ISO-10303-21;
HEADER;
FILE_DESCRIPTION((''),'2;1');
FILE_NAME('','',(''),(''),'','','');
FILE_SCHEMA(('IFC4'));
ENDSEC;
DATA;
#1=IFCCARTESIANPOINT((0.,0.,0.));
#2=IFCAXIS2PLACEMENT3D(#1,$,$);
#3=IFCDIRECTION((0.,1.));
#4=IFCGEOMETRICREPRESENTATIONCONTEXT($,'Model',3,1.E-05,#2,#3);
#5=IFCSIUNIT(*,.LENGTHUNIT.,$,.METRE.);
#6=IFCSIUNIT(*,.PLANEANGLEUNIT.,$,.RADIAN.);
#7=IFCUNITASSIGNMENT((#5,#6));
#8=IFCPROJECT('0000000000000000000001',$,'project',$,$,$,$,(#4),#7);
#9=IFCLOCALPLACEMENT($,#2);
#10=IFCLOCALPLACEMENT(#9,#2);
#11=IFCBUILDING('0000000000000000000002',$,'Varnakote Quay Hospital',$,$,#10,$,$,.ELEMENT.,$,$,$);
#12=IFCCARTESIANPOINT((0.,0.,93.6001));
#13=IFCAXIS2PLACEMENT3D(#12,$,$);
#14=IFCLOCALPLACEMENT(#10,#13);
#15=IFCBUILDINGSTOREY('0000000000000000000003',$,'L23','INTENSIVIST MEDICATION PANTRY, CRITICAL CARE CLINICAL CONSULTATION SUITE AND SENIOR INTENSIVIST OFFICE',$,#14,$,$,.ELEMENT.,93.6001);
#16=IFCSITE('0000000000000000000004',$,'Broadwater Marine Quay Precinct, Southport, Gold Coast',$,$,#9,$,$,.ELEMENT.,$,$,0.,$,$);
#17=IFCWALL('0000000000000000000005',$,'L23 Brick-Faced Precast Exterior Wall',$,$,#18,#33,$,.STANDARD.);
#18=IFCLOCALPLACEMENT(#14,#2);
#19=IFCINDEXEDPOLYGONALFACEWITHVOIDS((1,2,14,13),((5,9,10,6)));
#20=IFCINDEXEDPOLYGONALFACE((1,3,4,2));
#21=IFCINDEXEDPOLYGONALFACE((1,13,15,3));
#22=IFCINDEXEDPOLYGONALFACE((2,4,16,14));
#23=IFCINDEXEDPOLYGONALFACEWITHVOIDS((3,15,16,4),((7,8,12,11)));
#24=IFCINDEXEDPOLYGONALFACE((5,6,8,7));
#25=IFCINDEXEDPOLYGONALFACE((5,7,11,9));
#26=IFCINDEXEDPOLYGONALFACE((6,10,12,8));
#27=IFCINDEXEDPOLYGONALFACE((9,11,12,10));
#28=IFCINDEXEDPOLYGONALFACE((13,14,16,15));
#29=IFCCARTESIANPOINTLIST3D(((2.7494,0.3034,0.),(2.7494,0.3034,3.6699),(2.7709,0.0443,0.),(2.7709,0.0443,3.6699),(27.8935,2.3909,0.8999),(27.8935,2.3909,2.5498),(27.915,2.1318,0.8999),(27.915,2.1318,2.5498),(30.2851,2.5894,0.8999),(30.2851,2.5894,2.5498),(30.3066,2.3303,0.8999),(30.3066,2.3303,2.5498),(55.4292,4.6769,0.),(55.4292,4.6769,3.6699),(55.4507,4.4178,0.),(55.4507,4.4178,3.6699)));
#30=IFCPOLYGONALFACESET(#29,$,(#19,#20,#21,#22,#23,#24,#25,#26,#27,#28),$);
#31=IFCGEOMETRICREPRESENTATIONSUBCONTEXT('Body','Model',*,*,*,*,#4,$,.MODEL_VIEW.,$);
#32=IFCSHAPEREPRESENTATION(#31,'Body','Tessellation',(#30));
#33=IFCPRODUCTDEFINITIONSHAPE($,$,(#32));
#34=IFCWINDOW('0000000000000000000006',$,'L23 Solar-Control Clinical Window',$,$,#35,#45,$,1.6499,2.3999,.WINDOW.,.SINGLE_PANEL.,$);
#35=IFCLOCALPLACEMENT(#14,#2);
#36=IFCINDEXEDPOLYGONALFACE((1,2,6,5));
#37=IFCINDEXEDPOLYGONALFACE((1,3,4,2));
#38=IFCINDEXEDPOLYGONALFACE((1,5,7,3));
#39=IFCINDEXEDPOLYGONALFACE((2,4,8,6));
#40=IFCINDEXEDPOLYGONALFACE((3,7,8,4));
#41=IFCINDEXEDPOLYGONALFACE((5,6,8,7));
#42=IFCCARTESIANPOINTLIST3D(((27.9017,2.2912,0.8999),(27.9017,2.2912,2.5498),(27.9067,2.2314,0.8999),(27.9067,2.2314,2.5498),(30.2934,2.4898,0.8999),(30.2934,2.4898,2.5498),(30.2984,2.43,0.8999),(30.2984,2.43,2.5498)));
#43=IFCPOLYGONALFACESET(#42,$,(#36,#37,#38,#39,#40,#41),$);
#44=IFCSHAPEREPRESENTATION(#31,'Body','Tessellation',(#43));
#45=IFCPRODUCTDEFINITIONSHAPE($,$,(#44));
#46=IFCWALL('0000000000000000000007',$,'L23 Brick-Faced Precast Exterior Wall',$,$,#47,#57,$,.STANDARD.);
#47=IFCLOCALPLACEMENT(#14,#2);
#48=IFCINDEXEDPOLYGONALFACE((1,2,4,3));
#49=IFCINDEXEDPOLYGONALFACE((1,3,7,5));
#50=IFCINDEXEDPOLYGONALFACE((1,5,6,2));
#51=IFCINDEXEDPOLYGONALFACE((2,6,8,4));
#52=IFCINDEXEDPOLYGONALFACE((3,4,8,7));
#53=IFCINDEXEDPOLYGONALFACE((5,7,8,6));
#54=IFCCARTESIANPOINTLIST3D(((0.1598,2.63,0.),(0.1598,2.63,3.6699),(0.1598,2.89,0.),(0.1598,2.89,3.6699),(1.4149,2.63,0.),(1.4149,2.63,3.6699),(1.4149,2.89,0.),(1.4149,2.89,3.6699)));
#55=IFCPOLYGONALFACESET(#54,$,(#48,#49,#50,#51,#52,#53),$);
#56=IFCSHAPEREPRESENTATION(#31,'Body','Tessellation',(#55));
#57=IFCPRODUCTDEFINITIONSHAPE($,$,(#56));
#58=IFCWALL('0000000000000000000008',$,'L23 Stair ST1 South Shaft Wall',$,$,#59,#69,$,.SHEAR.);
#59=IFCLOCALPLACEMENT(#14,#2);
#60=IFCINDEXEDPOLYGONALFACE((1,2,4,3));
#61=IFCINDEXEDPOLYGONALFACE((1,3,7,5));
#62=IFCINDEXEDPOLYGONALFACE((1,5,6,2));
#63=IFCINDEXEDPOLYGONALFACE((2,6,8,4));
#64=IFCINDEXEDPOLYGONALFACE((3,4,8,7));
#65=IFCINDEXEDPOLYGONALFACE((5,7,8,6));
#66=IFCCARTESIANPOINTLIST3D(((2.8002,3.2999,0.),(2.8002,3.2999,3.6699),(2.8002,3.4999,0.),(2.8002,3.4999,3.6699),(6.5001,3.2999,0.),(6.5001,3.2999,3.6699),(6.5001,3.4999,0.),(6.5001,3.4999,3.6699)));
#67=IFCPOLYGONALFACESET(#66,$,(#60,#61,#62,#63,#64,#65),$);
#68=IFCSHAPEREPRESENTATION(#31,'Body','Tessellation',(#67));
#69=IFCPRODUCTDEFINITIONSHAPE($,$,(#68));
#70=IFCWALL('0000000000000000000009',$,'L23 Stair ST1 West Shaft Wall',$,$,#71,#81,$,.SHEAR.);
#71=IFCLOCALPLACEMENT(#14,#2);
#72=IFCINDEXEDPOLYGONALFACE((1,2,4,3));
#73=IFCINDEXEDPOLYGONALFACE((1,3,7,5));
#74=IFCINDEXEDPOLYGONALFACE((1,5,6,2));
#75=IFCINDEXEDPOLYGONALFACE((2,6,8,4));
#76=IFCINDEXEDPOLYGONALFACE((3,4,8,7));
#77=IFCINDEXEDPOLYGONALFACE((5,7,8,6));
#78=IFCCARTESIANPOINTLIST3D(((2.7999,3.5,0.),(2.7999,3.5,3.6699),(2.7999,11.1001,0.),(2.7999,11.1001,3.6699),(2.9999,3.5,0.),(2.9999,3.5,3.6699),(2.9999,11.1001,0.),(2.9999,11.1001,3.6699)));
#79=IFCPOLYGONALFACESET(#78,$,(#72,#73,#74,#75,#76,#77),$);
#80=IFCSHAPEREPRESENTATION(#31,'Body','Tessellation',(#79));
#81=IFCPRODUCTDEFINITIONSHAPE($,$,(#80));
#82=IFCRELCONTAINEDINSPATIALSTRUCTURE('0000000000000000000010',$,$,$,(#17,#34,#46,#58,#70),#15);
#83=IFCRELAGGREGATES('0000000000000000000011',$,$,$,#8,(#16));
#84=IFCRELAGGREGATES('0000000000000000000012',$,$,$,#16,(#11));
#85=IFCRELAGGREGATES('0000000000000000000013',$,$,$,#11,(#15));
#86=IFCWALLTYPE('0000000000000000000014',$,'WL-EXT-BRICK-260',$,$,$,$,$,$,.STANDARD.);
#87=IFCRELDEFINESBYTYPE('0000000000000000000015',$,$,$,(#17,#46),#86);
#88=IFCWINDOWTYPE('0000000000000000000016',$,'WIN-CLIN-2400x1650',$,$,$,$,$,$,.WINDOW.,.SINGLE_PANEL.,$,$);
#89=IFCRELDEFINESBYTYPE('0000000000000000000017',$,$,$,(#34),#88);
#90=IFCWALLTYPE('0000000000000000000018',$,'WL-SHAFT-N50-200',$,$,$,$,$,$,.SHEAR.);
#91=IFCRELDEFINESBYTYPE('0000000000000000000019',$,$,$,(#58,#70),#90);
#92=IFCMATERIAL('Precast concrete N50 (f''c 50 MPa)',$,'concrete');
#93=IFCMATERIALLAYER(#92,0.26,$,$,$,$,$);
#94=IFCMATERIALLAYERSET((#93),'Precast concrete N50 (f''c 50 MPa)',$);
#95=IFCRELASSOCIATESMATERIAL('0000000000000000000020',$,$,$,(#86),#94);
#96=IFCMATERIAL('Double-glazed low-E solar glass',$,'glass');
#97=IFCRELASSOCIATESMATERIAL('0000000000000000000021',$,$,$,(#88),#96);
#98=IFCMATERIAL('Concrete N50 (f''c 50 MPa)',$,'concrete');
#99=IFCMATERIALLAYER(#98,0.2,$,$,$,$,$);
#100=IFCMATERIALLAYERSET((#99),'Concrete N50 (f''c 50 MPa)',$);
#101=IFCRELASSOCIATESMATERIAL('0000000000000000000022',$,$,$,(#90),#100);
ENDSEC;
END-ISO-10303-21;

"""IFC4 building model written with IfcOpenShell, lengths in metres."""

from ifc_helpers import new_model, si_unit, direction, frame, frame_2d, origin, place, context, subcontext, project, spatial, rectangle, extrude, material, layer, layer_set, type_object, element, fill, save


model = new_model("IFC4")

# Units and contexts
model_context = context("Model", 3, precision=1e-05, world=origin(), true_north=direction((0.0, 1.0)))
body_context = subcontext(model_context, "Body", "Model", "MODEL_VIEW")
ifc_project = project(units=[si_unit("LENGTHUNIT", "METRE"), si_unit("PLANEANGLEUNIT", "RADIAN")], contexts=[model_context])

# Site, building, storey
site_placement = place(None, origin())
site = spatial("IfcSite", under=ifc_project, at=site_placement, Name="Broadwater Marine Quay Precinct, Southport, Gold Coast", CompositionType="ELEMENT", RefElevation=0.0)
building_placement = place(site_placement, origin())
building = spatial("IfcBuilding", under=site, at=building_placement, Name="Varnakote Quay Hospital", CompositionType="ELEMENT")
storey_placement = place(building_placement, frame((0.0, 0.0, 93.6001)))
storey = spatial("IfcBuildingStorey", under=building, at=storey_placement, Name="L23", Description="INTENSIVIST MEDICATION PANTRY, CRITICAL CARE CLINICAL CONSULTATION SUITE AND SENIOR INTENSIVIST OFFICE", CompositionType="ELEMENT", Elevation=93.6001)

# Shared definitions
ifc_material_1 = material(Name="Precast concrete N50 (f'c 50 MPa)", Category="concrete")
ifc_layer_1 = layer(ifc_material_1, 0.26)
ifc_layer_set_1 = layer_set([ifc_layer_1], Name="Precast concrete N50 (f'c 50 MPa)")
wall_type_1 = type_object("IfcWallType", Name="WL-EXT-BRICK-260", PredefinedType="STANDARD", material=ifc_layer_set_1)

# Wall, opening, window
wall_1_placement = place(storey_placement, frame((2.76, 0.1738, 0.0), z_axis=(0.0, 0.0, 1.0), x_axis=(0.996571, 0.082736, 0.0)))
wall_1 = element("IfcWall", 1, at=wall_1_placement, inside=storey, type_object=wall_type_1, Name="L23 Brick-Faced Precast Exterior Wall", PredefinedType="STANDARD", context=body_context, shape_type="SweptSolid", body=[
    extrude(rectangle(XDim=52.8611, YDim=0.26, at=frame_2d((26.4307, 0.0))), origin(), (0.0, 0.0, 1.0), 3.6699),
])
opening_1_placement = place(wall_1_placement, frame((25.2307, 0.0, 0.8999)))
opening_1 = element("IfcOpeningElement", 2, at=opening_1_placement, cuts=wall_1, PredefinedType="OPENING", context=body_context, shape_type="SweptSolid", body=[
    extrude(rectangle(XDim=2.3999, YDim=1.6499, at=frame_2d((1.2, 0.825))), frame((0.0, 0.1399, 0.0), z_axis=(0.0, -1.0, 0.0), x_axis=(1.0, 0.0, 0.0)), (0.0, 0.0, 1.0), 0.28),
])
ifc_material_2 = material(Name="Double-glazed low-E solar glass", Category="glass")
window_type = type_object("IfcWindowType", Name="WIN-CLIN-2400x1650", PartitioningType="SINGLE_PANEL", PredefinedType="WINDOW", material=ifc_material_2)
window_placement = place(opening_1_placement, origin())
window = element("IfcWindow", 3, at=window_placement, inside=storey, type_object=window_type, Name="L23 Solar-Control Clinical Window", OverallHeight=1.6499, OverallWidth=2.3999, PartitioningType="SINGLE_PANEL", PredefinedType="WINDOW", context=body_context, shape_type="SweptSolid", body=[
    extrude(rectangle(XDim=2.3999, YDim=1.6499, at=frame_2d((1.2, 0.825))), frame((0.0, 0.03, 0.0), z_axis=(0.0, -1.0, 0.0), x_axis=(1.0, 0.0, 0.0)), (0.0, 0.0, 1.0), 0.0601),
])
fill(opening_1, window)

# Walls
wall_2_placement = place(storey_placement, frame((0.1599, 2.76, 0.0), z_axis=(0.0, 0.0, 1.0), x_axis=(1.0, 0.0, 0.0)))
element("IfcWall", 4, at=wall_2_placement, inside=storey, type_object=wall_type_1, Name="L23 Brick-Faced Precast Exterior Wall", PredefinedType="STANDARD", context=body_context, shape_type="SweptSolid", body=[
    extrude(rectangle(XDim=1.2551, YDim=0.26, at=frame_2d((0.6274, 0.0))), origin(), (0.0, 0.0, 1.0), 3.6699),
])
ifc_material_3 = material(Name="Concrete N50 (f'c 50 MPa)", Category="concrete")
ifc_layer_2 = layer(ifc_material_3, 0.2)
ifc_layer_set_2 = layer_set([ifc_layer_2], Name="Concrete N50 (f'c 50 MPa)")
wall_type_2 = type_object("IfcWallType", Name="WL-SHAFT-N50-200", PredefinedType="SHEAR", material=ifc_layer_set_2)
wall_3_placement = place(storey_placement, frame((2.8, 3.3999, 0.0), z_axis=(0.0, 0.0, 1.0), x_axis=(1.0, 0.0, 0.0)))
element("IfcWall", 5, at=wall_3_placement, inside=storey, type_object=wall_type_2, Name="L23 Stair ST1 South Shaft Wall", PredefinedType="SHEAR", context=body_context, shape_type="SweptSolid", body=[
    extrude(rectangle(XDim=3.7, YDim=0.2, at=frame_2d((1.8501, 0.0))), origin(), (0.0, 0.0, 1.0), 3.6699),
])
wall_4_placement = place(storey_placement, frame((2.8999, 3.5, 0.0), z_axis=(0.0, 0.0, 1.0), x_axis=(0.0, 1.0, 0.0)))
element("IfcWall", 6, at=wall_4_placement, inside=storey, type_object=wall_type_2, Name="L23 Stair ST1 West Shaft Wall", PredefinedType="SHEAR", context=body_context, shape_type="SweptSolid", body=[
    extrude(rectangle(XDim=7.6001, YDim=0.2, at=frame_2d((3.8, 0.0))), origin(), (0.0, 0.0, 1.0), 3.6699),
])

save(model, "model.ifc")
